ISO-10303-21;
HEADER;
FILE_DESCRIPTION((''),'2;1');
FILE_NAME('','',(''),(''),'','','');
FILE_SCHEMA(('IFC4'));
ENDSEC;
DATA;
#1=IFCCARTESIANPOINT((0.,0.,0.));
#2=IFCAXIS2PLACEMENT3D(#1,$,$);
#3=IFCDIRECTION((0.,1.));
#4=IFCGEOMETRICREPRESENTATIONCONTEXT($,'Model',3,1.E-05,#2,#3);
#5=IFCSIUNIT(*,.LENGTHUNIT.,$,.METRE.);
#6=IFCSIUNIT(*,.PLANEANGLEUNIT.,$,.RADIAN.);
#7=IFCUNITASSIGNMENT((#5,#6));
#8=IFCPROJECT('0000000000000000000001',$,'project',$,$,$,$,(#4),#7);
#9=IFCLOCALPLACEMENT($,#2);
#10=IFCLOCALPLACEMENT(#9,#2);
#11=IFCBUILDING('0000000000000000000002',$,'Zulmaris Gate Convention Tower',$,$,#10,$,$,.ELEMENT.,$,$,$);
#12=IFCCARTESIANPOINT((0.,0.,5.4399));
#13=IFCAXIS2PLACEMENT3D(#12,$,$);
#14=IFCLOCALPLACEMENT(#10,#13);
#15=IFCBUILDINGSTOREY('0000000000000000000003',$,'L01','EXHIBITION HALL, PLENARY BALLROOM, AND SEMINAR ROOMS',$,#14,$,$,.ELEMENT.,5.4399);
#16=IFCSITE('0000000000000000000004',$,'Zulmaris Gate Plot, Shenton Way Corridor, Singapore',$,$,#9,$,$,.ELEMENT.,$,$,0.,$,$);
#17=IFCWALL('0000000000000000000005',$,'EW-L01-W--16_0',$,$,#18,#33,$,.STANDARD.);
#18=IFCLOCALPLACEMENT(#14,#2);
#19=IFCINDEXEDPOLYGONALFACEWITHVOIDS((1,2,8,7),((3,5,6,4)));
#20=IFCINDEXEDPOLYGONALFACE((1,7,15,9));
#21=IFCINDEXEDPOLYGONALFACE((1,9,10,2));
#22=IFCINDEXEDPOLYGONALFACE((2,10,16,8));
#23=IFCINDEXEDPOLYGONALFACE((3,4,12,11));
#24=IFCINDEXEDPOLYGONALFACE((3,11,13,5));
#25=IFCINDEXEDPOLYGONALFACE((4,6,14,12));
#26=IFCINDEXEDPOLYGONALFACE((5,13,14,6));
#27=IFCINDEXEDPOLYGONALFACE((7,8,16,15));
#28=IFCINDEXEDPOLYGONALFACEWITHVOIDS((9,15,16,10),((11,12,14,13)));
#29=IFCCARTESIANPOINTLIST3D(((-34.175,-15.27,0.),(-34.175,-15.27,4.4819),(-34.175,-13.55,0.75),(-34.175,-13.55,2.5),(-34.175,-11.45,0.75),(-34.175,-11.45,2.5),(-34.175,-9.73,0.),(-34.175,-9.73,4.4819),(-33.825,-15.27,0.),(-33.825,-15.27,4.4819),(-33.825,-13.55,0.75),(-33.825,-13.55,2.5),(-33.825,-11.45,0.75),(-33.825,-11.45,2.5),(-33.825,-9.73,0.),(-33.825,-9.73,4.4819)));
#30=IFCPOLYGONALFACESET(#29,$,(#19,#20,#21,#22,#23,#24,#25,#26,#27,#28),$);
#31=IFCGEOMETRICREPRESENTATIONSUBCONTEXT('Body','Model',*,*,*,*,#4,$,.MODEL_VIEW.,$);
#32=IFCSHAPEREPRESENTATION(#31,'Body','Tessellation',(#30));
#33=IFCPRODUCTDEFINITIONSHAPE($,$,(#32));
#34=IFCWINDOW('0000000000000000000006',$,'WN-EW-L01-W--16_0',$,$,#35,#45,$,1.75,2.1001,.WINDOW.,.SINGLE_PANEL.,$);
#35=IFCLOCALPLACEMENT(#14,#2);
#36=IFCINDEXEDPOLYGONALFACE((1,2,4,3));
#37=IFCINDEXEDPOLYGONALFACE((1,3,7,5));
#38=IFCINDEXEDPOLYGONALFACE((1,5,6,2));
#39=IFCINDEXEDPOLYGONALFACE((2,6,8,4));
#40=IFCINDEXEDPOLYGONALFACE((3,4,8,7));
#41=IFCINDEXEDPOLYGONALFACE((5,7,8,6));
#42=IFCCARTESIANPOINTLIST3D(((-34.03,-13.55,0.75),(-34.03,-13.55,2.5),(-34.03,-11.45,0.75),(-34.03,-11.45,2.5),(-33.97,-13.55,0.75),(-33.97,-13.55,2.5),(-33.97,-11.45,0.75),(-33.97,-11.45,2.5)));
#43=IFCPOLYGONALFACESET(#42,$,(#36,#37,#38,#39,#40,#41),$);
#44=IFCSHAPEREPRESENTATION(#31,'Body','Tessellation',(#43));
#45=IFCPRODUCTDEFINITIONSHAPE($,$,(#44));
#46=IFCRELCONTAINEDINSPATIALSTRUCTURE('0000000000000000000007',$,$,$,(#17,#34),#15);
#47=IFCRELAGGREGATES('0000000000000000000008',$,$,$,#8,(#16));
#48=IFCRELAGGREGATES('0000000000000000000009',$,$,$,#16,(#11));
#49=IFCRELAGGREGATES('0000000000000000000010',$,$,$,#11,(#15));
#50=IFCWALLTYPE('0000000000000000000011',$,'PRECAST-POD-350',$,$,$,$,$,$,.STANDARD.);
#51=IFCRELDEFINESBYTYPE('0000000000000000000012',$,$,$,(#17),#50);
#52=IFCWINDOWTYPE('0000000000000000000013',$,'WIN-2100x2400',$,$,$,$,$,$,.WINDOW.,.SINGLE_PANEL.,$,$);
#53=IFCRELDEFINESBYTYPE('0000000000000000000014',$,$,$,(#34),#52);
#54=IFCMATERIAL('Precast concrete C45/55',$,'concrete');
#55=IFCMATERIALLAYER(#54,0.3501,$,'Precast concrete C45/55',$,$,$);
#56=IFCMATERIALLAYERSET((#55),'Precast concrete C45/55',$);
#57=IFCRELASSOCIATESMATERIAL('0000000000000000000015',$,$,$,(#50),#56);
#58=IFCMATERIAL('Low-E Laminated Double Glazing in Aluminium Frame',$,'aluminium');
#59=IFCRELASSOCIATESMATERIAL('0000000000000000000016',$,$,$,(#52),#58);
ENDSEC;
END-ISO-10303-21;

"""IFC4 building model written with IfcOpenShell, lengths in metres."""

from ifc_helpers import new_model, si_unit, direction, frame, frame_2d, origin, place, context, subcontext, project, spatial, rectangle, extrude, material, layer, layer_set, type_object, element, fill, save


model = new_model("IFC4")

# Units and contexts
model_context = context("Model", 3, precision=1e-05, world=origin(), true_north=direction((0.0, 1.0)))
body_context = subcontext(model_context, "Body", "Model", "MODEL_VIEW")
ifc_project = project(units=[si_unit("LENGTHUNIT", "METRE"), si_unit("PLANEANGLEUNIT", "RADIAN")], contexts=[model_context])

# Site, building, storey
site_placement = place(None, origin())
site = spatial("IfcSite", under=ifc_project, at=site_placement, Name="Zulmaris Gate Plot, Shenton Way Corridor, Singapore", CompositionType="ELEMENT", RefElevation=0.0)
building_placement = place(site_placement, origin())
building = spatial("IfcBuilding", under=site, at=building_placement, Name="Zulmaris Gate Convention Tower", CompositionType="ELEMENT")
storey_placement = place(building_placement, frame((0.0, 0.0, 5.4399)))
storey = spatial("IfcBuildingStorey", under=building, at=storey_placement, Name="L01", Description="EXHIBITION HALL, PLENARY BALLROOM, AND SEMINAR ROOMS", CompositionType="ELEMENT", Elevation=5.4399)

# Wall, opening, window
ifc_material_1 = material(Name="Precast concrete C45/55", Category="concrete")
ifc_layer_1 = layer(ifc_material_1, 0.3501, Name="Precast concrete C45/55")
ifc_layer_set_1 = layer_set([ifc_layer_1], Name="Precast concrete C45/55")
wall_type_1 = type_object("IfcWallType", Name="PRECAST-POD-350", PredefinedType="STANDARD", material=ifc_layer_set_1)
wall_1_placement = place(storey_placement, frame((-34.0, -15.27, 0.0), z_axis=(0.0, 0.0, 1.0), x_axis=(0.0, 1.0, 0.0)))
wall_1 = element("IfcWall", 1, at=wall_1_placement, inside=storey, type_object=wall_type_1, Name="EW-L01-W--16_0", PredefinedType="STANDARD", context=body_context, shape_type="SweptSolid", body=[
    extrude(rectangle(XDim=5.54, YDim=0.3501, at=frame_2d((2.77, 0.0))), origin(), (0.0, 0.0, 1.0), 4.4819),
])
opening_1_placement = place(wall_1_placement, frame((1.72, 0.0, 0.75)))
opening_1 = element("IfcOpeningElement", 2, at=opening_1_placement, cuts=wall_1, PredefinedType="OPENING", context=body_context, shape_type="SweptSolid", body=[
    extrude(rectangle(XDim=2.1001, YDim=1.75, at=frame_2d((1.05, 0.875))), frame((0.0, 0.1851, 0.0), z_axis=(0.0, -1.0, 0.0), x_axis=(1.0, 0.0, 0.0)), (0.0, 0.0, 1.0), 0.3701),
])
ifc_material_2 = material(Name="Low-E Laminated Double Glazing in Aluminium Frame", Category="aluminium")
window_type = type_object("IfcWindowType", Name="WIN-2100x2400", PartitioningType="SINGLE_PANEL", PredefinedType="WINDOW", material=ifc_material_2)
window_placement = place(opening_1_placement, origin())
window = element("IfcWindow", 3, at=window_placement, inside=storey, type_object=window_type, Name="WN-EW-L01-W--16_0", OverallHeight=1.75, OverallWidth=2.1001, PartitioningType="SINGLE_PANEL", PredefinedType="WINDOW", context=body_context, shape_type="SweptSolid", body=[
    extrude(rectangle(XDim=2.1001, YDim=1.75, at=frame_2d((1.05, 0.875))), frame((0.0, 0.03, 0.0), z_axis=(0.0, -1.0, 0.0), x_axis=(1.0, 0.0, 0.0)), (0.0, 0.0, 1.0), 0.0601),
])
fill(opening_1, window)

save(model, "model.ifc")
